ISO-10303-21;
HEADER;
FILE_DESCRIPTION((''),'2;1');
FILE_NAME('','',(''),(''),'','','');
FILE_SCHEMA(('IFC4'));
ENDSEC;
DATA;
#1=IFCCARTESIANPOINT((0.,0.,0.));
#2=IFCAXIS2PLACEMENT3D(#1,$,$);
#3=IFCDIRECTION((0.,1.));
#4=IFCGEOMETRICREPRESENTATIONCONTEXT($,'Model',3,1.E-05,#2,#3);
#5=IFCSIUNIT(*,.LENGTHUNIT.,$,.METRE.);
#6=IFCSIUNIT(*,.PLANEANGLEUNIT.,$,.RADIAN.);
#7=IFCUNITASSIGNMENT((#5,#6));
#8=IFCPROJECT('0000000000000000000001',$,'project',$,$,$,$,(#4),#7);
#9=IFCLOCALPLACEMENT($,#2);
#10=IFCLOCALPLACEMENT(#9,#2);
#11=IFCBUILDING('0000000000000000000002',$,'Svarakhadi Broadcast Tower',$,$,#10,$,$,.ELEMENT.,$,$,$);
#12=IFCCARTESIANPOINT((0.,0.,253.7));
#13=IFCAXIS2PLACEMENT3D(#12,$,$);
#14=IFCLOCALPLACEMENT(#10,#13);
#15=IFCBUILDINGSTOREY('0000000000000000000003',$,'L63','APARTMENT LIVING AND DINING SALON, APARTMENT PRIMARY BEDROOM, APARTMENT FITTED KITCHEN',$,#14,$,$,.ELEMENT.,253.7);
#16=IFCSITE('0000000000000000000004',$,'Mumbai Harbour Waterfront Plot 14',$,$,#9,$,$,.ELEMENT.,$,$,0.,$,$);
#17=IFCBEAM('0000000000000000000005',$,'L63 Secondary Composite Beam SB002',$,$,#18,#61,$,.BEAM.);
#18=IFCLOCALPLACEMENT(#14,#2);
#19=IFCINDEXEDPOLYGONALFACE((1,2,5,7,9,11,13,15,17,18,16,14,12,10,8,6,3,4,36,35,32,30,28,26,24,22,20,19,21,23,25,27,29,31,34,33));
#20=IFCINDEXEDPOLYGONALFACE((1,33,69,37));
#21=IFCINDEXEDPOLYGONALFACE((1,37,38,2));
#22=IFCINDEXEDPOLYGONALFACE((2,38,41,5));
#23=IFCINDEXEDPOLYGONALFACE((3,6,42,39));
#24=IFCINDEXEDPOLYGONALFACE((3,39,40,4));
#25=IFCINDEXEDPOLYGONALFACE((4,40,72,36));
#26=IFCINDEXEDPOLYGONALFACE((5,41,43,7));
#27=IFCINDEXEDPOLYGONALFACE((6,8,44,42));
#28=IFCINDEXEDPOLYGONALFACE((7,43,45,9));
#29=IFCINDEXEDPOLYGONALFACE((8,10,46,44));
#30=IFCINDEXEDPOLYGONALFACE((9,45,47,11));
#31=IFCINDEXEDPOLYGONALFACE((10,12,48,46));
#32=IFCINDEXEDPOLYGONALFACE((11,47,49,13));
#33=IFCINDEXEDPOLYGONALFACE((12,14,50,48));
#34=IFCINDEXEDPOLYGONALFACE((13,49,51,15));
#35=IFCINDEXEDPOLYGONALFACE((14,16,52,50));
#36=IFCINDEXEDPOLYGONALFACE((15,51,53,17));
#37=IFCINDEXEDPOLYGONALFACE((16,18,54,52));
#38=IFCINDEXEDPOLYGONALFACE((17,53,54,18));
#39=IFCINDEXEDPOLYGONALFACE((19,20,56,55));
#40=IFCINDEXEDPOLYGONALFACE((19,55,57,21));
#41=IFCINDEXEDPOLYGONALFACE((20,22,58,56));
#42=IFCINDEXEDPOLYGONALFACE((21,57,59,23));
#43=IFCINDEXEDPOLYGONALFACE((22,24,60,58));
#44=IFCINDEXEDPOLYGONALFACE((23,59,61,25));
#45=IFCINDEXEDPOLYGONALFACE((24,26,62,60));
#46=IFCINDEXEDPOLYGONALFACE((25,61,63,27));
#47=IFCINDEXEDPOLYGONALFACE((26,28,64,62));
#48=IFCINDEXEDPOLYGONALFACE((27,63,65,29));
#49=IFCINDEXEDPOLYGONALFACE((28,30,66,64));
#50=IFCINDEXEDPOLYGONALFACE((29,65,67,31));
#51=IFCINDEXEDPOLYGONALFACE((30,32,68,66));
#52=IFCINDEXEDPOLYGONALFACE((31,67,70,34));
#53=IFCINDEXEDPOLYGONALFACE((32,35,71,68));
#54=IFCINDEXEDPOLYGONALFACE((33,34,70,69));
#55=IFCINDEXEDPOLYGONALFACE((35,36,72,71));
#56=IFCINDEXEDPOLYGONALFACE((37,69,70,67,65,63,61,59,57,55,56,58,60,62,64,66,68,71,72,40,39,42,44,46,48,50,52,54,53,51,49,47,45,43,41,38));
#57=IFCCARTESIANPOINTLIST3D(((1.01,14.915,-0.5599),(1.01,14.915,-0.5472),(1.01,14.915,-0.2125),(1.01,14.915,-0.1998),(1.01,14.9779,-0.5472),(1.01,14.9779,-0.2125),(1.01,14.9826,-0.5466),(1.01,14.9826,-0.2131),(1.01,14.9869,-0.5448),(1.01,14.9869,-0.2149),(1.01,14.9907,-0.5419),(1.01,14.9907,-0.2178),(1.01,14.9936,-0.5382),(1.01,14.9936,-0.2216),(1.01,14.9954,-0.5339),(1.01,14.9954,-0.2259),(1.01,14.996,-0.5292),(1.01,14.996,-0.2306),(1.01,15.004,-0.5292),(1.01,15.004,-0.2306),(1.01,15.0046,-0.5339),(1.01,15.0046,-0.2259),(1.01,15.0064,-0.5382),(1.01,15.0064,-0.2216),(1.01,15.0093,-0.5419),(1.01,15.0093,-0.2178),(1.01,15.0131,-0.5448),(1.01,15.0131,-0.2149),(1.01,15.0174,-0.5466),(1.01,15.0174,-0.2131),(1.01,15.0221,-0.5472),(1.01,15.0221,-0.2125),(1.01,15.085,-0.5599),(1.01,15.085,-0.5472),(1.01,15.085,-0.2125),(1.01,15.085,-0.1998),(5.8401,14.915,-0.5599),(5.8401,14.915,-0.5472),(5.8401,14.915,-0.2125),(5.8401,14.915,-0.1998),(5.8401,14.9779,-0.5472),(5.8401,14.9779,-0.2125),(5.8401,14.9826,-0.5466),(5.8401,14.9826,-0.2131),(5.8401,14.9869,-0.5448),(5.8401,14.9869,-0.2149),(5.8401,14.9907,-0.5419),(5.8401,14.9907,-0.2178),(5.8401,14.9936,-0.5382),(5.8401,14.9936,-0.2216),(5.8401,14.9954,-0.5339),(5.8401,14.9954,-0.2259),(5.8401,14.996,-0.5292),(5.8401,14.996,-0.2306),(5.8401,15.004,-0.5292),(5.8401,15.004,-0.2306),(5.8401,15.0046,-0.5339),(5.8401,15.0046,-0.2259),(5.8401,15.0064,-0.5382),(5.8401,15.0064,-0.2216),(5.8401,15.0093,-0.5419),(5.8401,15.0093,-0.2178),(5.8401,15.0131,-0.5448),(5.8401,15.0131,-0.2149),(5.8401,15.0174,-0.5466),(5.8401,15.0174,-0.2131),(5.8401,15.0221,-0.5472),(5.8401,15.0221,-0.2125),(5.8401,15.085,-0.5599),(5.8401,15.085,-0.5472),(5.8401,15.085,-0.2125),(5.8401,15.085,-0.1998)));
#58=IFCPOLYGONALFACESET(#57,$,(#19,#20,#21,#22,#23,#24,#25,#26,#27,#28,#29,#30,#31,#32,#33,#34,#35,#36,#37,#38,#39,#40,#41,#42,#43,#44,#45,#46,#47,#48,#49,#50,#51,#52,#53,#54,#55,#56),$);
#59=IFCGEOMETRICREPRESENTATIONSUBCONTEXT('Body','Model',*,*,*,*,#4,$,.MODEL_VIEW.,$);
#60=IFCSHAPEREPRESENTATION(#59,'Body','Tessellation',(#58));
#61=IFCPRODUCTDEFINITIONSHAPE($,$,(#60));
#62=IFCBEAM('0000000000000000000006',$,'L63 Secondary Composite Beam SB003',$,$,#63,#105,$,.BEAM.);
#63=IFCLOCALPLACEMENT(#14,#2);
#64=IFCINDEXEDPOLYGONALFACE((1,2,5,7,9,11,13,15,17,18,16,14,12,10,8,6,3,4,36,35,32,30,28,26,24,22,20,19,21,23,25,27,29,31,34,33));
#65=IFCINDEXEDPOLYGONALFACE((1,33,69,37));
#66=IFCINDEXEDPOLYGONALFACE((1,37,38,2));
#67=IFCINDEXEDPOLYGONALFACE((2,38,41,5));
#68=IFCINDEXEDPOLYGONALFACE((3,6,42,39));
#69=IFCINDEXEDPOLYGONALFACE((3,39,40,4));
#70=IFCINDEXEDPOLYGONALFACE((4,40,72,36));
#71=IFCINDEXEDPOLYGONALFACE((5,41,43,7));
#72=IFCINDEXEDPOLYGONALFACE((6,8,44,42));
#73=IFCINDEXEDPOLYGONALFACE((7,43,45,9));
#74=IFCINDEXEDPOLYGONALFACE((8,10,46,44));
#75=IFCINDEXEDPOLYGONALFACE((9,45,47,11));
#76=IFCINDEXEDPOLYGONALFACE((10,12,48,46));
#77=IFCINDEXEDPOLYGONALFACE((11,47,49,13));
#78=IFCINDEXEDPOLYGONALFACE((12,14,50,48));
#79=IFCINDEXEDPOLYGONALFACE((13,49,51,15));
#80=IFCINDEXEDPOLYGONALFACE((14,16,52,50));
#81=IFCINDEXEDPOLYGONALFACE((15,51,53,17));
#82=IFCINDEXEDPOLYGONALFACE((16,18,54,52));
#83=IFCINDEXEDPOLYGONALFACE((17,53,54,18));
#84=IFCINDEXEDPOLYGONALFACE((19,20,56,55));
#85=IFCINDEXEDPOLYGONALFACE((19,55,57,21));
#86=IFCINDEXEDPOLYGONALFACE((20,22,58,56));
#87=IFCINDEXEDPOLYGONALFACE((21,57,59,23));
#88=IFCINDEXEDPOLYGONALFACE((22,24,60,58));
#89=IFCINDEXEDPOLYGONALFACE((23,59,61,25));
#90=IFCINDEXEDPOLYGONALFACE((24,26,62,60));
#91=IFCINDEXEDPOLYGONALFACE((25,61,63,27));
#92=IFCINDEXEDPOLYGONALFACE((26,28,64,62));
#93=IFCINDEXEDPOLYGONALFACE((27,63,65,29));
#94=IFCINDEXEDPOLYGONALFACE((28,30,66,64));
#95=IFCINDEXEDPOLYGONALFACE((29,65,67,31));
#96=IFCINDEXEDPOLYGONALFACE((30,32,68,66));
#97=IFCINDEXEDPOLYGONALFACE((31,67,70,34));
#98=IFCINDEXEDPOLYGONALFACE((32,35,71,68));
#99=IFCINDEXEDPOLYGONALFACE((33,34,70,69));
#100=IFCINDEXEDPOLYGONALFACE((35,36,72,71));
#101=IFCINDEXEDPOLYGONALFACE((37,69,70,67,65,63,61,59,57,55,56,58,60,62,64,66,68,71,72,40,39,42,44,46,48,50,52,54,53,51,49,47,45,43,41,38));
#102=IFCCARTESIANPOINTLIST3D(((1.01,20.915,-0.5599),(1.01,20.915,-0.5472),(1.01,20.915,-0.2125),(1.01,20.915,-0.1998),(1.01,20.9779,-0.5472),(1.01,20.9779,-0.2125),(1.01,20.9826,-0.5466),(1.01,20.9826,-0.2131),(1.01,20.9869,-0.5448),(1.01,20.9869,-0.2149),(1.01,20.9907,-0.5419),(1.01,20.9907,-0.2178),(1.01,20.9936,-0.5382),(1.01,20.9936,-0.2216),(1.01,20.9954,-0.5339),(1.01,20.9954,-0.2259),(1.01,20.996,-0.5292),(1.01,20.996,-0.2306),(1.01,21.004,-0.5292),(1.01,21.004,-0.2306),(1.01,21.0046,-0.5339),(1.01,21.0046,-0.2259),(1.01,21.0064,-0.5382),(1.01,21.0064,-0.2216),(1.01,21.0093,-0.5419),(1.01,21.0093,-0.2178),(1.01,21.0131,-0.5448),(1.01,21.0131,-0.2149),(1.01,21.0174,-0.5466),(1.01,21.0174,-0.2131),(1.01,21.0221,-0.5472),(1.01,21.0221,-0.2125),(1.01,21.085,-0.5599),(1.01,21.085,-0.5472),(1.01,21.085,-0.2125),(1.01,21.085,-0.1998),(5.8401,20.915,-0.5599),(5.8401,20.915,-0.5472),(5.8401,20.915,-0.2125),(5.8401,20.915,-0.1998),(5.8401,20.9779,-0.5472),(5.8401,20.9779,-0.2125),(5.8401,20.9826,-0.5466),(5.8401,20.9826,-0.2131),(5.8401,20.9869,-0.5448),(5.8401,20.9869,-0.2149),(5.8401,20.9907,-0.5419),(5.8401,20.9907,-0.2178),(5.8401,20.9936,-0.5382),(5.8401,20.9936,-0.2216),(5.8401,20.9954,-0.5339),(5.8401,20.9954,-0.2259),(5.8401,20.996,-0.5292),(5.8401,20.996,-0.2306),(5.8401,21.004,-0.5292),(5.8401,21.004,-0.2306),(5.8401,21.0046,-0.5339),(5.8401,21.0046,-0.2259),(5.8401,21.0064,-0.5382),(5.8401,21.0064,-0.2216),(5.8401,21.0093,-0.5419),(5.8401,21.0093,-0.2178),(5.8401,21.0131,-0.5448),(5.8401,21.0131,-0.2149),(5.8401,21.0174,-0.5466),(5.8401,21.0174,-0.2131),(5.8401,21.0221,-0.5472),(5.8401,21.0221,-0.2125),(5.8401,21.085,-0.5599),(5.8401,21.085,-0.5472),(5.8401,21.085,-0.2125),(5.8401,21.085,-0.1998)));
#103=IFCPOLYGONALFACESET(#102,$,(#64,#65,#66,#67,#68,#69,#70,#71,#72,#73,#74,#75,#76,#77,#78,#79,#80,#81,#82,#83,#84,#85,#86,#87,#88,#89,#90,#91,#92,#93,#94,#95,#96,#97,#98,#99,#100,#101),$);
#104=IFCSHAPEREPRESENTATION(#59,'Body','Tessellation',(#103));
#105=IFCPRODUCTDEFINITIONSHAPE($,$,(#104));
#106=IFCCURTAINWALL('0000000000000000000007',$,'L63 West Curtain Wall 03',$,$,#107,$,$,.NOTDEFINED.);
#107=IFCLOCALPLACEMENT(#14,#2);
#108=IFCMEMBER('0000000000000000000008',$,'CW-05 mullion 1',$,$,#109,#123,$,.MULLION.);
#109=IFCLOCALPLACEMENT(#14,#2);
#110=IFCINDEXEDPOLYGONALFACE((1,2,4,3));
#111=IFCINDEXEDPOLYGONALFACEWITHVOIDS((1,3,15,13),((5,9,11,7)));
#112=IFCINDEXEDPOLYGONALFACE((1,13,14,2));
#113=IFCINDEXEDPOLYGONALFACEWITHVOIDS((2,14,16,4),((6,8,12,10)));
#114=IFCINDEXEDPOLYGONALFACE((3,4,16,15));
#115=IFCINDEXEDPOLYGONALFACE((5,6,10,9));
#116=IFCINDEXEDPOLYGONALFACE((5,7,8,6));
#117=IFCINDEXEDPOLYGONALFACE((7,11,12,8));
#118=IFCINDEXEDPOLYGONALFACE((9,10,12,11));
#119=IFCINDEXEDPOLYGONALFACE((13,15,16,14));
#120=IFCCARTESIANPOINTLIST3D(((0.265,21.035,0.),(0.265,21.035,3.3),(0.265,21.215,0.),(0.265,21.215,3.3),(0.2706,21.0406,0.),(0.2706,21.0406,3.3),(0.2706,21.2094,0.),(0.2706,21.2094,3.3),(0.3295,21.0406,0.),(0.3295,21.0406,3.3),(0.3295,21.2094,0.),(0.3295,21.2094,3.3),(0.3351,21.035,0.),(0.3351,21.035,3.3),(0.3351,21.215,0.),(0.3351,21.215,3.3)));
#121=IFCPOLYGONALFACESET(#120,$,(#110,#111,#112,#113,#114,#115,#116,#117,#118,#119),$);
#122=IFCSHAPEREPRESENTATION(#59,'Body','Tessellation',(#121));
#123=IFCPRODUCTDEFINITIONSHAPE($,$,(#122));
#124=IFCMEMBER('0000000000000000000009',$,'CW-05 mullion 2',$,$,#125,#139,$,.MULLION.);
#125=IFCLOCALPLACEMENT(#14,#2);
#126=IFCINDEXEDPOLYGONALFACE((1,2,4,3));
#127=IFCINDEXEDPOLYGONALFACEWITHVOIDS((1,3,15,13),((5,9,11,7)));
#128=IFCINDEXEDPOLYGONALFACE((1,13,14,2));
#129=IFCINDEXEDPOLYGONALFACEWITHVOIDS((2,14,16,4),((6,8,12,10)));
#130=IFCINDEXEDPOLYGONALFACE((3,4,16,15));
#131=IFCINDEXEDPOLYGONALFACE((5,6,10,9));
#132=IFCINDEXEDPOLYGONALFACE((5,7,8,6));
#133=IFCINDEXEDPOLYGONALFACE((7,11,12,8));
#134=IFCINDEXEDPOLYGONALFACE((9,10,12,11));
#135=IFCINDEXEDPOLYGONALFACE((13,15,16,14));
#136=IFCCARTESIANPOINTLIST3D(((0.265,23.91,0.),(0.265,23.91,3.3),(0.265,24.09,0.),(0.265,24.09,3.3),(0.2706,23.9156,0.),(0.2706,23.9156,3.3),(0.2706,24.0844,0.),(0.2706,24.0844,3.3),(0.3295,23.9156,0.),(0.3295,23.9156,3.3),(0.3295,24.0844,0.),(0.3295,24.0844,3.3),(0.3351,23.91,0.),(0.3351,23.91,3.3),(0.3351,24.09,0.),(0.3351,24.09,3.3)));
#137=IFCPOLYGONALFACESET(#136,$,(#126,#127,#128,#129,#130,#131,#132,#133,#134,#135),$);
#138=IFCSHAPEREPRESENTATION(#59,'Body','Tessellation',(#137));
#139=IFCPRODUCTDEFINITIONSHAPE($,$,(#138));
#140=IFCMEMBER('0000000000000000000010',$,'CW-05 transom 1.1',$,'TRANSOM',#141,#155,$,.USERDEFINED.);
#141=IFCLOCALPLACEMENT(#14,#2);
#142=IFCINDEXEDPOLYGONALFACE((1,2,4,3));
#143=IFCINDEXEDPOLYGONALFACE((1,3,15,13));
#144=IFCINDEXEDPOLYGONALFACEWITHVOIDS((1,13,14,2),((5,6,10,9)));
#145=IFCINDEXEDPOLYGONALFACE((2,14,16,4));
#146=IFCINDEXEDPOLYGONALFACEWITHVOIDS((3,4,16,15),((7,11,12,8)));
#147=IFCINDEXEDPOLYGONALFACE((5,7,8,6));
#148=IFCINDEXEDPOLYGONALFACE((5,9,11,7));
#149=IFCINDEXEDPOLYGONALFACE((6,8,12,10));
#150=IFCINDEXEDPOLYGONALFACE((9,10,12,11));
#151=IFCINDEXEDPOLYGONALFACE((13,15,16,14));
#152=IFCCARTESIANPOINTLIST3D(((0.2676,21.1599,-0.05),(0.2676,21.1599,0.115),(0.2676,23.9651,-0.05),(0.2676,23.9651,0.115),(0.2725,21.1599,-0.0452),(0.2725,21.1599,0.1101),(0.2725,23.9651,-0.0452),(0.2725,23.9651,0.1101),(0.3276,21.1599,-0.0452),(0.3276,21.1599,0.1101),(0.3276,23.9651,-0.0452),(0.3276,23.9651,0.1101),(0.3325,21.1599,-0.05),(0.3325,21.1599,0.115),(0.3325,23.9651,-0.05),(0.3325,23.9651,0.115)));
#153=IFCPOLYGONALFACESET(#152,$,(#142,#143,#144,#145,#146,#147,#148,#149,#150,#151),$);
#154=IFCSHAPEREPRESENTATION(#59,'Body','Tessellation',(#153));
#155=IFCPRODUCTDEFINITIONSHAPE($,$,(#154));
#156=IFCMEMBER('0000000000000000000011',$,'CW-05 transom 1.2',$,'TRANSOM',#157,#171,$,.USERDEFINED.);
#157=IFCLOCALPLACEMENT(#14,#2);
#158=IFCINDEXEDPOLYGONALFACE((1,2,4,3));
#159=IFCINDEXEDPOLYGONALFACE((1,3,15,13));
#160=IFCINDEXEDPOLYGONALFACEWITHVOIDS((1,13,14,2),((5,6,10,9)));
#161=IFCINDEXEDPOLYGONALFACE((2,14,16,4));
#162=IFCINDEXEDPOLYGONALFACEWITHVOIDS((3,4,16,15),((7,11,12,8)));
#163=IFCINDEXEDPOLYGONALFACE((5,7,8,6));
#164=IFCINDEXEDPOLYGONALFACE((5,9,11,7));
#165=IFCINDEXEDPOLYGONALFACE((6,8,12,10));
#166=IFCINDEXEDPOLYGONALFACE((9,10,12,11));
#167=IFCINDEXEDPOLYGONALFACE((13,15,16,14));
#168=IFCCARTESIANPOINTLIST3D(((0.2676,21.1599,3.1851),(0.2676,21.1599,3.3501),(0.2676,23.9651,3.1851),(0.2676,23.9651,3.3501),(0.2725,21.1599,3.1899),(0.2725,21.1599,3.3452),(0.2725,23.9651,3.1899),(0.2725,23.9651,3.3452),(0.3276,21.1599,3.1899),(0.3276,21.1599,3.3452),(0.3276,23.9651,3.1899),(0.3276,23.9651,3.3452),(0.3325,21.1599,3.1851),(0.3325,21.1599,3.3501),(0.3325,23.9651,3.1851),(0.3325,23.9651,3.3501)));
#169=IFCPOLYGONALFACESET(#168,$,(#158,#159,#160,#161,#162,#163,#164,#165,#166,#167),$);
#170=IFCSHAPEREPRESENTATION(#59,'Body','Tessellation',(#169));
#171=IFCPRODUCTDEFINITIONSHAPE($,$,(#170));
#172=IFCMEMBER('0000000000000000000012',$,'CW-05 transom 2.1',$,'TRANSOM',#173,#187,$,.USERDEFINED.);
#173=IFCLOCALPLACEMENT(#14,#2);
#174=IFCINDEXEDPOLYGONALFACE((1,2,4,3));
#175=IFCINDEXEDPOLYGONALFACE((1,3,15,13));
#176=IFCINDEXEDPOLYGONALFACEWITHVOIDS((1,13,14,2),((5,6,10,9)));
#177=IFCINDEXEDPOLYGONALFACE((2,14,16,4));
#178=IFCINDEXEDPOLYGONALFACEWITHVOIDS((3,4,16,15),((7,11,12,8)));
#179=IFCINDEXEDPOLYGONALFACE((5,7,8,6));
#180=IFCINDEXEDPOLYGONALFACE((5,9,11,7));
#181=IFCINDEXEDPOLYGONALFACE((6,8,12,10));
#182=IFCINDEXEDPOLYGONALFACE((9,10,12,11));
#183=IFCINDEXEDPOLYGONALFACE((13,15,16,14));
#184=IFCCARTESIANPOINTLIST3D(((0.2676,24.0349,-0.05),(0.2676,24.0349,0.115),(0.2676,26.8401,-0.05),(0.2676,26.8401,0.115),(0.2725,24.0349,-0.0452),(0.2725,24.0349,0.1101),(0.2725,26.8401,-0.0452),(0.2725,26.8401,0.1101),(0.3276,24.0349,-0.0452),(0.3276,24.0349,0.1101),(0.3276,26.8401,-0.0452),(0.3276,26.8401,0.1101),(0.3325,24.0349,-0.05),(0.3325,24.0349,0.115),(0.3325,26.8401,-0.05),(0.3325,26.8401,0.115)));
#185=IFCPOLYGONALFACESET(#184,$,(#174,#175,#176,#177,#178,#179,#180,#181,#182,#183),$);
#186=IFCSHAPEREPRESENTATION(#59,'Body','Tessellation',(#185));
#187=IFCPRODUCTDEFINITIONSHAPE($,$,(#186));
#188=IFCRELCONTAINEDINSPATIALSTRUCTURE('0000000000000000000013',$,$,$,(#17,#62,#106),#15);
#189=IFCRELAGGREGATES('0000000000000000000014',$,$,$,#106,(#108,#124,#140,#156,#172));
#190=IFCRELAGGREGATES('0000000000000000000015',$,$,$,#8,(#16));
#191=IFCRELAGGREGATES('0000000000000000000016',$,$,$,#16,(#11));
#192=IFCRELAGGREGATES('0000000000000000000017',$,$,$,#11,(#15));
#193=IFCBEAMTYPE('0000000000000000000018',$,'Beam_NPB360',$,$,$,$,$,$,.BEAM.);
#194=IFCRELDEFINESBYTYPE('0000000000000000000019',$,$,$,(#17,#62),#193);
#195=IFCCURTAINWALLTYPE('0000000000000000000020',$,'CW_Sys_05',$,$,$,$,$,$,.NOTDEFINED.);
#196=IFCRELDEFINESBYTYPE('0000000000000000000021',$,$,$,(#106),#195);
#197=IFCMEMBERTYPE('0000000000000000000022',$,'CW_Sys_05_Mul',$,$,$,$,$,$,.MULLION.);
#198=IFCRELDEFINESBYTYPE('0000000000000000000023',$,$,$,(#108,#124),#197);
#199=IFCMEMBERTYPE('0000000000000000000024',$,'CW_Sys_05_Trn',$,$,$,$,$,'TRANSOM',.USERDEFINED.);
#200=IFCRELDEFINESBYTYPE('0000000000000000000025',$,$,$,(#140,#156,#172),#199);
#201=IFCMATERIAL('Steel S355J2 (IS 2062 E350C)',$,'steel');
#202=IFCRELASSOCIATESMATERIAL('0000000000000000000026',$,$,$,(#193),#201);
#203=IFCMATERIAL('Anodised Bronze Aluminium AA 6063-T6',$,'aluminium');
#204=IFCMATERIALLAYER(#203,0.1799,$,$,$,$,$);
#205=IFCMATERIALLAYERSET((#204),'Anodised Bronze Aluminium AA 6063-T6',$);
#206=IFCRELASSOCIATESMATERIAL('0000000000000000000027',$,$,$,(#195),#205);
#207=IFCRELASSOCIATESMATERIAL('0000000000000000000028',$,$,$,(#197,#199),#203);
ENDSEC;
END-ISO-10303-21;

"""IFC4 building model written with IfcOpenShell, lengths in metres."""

from ifc_helpers import new_model, si_unit, direction, frame, origin, origin_2d, place, context, subcontext, project, spatial, hollow_rectangle, i_section, extrude, material, layer, layer_set, material_profile, profile_set, type_object, element, aggregate, save


model = new_model("IFC4")

# Units and contexts
model_context = context("Model", 3, precision=1e-05, world=origin(), true_north=direction((0.0, 1.0)))
body_context = subcontext(model_context, "Body", "Model", "MODEL_VIEW")
ifc_project = project(units=[si_unit("LENGTHUNIT", "METRE"), si_unit("PLANEANGLEUNIT", "RADIAN")], contexts=[model_context])

# Site, building, storey
site_placement = place(None, origin())
site = spatial("IfcSite", under=ifc_project, at=site_placement, Name="Mumbai Harbour Waterfront Plot 14", CompositionType="ELEMENT", RefElevation=0.0)
building_placement = place(site_placement, origin())
building = spatial("IfcBuilding", under=site, at=building_placement, Name="Svarakhadi Broadcast Tower", CompositionType="ELEMENT")
storey_placement = place(building_placement, frame((0.0, 0.0, 253.7)))
storey = spatial("IfcBuildingStorey", under=building, at=storey_placement, Name="L63", Description="APARTMENT LIVING AND DINING SALON, APARTMENT PRIMARY BEDROOM, APARTMENT FITTED KITCHEN", CompositionType="ELEMENT", Elevation=253.7)

# Beams
ifc_material_1 = material(Name="Steel S355J2 (IS 2062 E350C)", Category="steel")
ifc_material_profile_1 = material_profile(ifc_material_1, i_section(OverallWidth=0.1699, OverallDepth=0.3601, WebThickness=0.0081, FlangeThickness=0.0127, FilletRadius=0.0181, at=origin_2d()), Name="NPB 360x170x57")
ifc_profile_set_1 = profile_set([ifc_material_profile_1], Name="Steel S355J2 (IS 2062 E350C)")
beam_type_1 = type_object("IfcBeamType", Name="Beam_NPB360", PredefinedType="BEAM", material=ifc_profile_set_1)
for number, where, z_axis, x_axis, name in (
    (1, (1.01, 15.0, -0.3799), (1.0, 0.0, 0.0), (0.0, 1.0, 0.0), "L63 Secondary Composite Beam SB002"),
    (2, (1.01, 21.0, -0.3799), (1.0, 0.0, 0.0), (0.0, 1.0, 0.0), "L63 Secondary Composite Beam SB003"),
):
    element("IfcBeam", number, at=place(storey_placement, frame(where, z_axis=z_axis, x_axis=x_axis)), inside=storey, type_object=beam_type_1, Name=name, PredefinedType="BEAM", context=body_context, shape_type="SweptSolid", body=[
        extrude(i_section(OverallWidth=0.1699, OverallDepth=0.3601, WebThickness=0.0081, FlangeThickness=0.0127, FilletRadius=0.0181, at=origin_2d()), origin(), (0.0, 0.0, 1.0), 4.8301),
    ])

# Curtain wall, members
ifc_material_2 = material(Name="Anodised Bronze Aluminium AA 6063-T6", Category="aluminium")
ifc_layer_1 = layer(ifc_material_2, 0.1799)
ifc_layer_set_1 = layer_set([ifc_layer_1], Name="Anodised Bronze Aluminium AA 6063-T6")
curtain_wall_type = type_object("IfcCurtainWallType", Name="CW_Sys_05", PredefinedType="NOTDEFINED", material=ifc_layer_set_1)
curtain_wall_placement = place(storey_placement, origin())
curtain_wall = element("IfcCurtainWall", 3, at=curtain_wall_placement, inside=storey, type_object=curtain_wall_type, Name="L63 West Curtain Wall 03", PredefinedType="NOTDEFINED")
ifc_material_profile_2 = material_profile(ifc_material_2, hollow_rectangle(XDim=0.0701, YDim=0.1799, WallThickness=0.0056, at=origin_2d()), Name="ALU MULLION 180x70x6")
ifc_profile_set_2 = profile_set([ifc_material_profile_2], Name="Anodised Bronze Aluminium AA 6063-T6")
member_type_1 = type_object("IfcMemberType", Name="CW_Sys_05_Mul", PredefinedType="MULLION", material=ifc_profile_set_2)
member_1_placement = place(storey_placement, frame((0.3, 21.125, 0.0), z_axis=(0.0, 0.0, 1.0), x_axis=(-1.0, 0.0, 0.0)))
member_1 = element("IfcMember", 4, at=member_1_placement, type_object=member_type_1, Name="CW-05 mullion 1", PredefinedType="MULLION", context=body_context, shape_type="SweptSolid", body=[
    extrude(hollow_rectangle(XDim=0.0701, YDim=0.1799, WallThickness=0.0056, at=origin_2d()), origin(), (0.0, 0.0, 1.0), 3.3),
])
member_2_placement = place(storey_placement, frame((0.3, 24.0, 0.0), z_axis=(0.0, 0.0, 1.0), x_axis=(-1.0, 0.0, 0.0)))
member_2 = element("IfcMember", 5, at=member_2_placement, type_object=member_type_1, Name="CW-05 mullion 2", PredefinedType="MULLION", context=body_context, shape_type="SweptSolid", body=[
    extrude(hollow_rectangle(XDim=0.0701, YDim=0.1799, WallThickness=0.0056, at=origin_2d()), origin(), (0.0, 0.0, 1.0), 3.3),
])
ifc_material_profile_3 = material_profile(ifc_material_2, hollow_rectangle(XDim=0.0649, YDim=0.165, WallThickness=0.0049, at=origin_2d()), Name="ALU TRANSOM 165x65x5")
ifc_profile_set_3 = profile_set([ifc_material_profile_3], Name="Anodised Bronze Aluminium AA 6063-T6")
member_type_2 = type_object("IfcMemberType", Name="CW_Sys_05_Trn", ElementType="TRANSOM", PredefinedType="USERDEFINED", material=ifc_profile_set_3)
member_3_placement = place(storey_placement, frame((0.3, 21.1599, 0.0325), z_axis=(0.0, 1.0, 0.0), x_axis=(-1.0, 0.0, 0.0)))
member_3 = element("IfcMember", 6, at=member_3_placement, type_object=member_type_2, Name="CW-05 transom 1.1", ObjectType="TRANSOM", PredefinedType="USERDEFINED", context=body_context, shape_type="SweptSolid", body=[
    extrude(hollow_rectangle(XDim=0.0649, YDim=0.165, WallThickness=0.0049, at=origin_2d()), origin(), (0.0, 0.0, 1.0), 2.8052),
])
member_4_placement = place(storey_placement, frame((0.3, 21.1599, 3.2676), z_axis=(0.0, 1.0, 0.0), x_axis=(-1.0, 0.0, 0.0)))
member_4 = element("IfcMember", 7, at=member_4_placement, type_object=member_type_2, Name="CW-05 transom 1.2", ObjectType="TRANSOM", PredefinedType="USERDEFINED", context=body_context, shape_type="SweptSolid", body=[
    extrude(hollow_rectangle(XDim=0.0649, YDim=0.165, WallThickness=0.0049, at=origin_2d()), origin(), (0.0, 0.0, 1.0), 2.8052),
])
member_5_placement = place(storey_placement, frame((0.3, 24.0349, 0.0325), z_axis=(0.0, 1.0, 0.0), x_axis=(-1.0, 0.0, 0.0)))
member_5 = element("IfcMember", 8, at=member_5_placement, type_object=member_type_2, Name="CW-05 transom 2.1", ObjectType="TRANSOM", PredefinedType="USERDEFINED", context=body_context, shape_type="SweptSolid", body=[
    extrude(hollow_rectangle(XDim=0.0649, YDim=0.165, WallThickness=0.0049, at=origin_2d()), origin(), (0.0, 0.0, 1.0), 2.8052),
])

aggregate(curtain_wall, [member_1, member_2, member_3, member_4, member_5])

save(model, "model.ifc")
